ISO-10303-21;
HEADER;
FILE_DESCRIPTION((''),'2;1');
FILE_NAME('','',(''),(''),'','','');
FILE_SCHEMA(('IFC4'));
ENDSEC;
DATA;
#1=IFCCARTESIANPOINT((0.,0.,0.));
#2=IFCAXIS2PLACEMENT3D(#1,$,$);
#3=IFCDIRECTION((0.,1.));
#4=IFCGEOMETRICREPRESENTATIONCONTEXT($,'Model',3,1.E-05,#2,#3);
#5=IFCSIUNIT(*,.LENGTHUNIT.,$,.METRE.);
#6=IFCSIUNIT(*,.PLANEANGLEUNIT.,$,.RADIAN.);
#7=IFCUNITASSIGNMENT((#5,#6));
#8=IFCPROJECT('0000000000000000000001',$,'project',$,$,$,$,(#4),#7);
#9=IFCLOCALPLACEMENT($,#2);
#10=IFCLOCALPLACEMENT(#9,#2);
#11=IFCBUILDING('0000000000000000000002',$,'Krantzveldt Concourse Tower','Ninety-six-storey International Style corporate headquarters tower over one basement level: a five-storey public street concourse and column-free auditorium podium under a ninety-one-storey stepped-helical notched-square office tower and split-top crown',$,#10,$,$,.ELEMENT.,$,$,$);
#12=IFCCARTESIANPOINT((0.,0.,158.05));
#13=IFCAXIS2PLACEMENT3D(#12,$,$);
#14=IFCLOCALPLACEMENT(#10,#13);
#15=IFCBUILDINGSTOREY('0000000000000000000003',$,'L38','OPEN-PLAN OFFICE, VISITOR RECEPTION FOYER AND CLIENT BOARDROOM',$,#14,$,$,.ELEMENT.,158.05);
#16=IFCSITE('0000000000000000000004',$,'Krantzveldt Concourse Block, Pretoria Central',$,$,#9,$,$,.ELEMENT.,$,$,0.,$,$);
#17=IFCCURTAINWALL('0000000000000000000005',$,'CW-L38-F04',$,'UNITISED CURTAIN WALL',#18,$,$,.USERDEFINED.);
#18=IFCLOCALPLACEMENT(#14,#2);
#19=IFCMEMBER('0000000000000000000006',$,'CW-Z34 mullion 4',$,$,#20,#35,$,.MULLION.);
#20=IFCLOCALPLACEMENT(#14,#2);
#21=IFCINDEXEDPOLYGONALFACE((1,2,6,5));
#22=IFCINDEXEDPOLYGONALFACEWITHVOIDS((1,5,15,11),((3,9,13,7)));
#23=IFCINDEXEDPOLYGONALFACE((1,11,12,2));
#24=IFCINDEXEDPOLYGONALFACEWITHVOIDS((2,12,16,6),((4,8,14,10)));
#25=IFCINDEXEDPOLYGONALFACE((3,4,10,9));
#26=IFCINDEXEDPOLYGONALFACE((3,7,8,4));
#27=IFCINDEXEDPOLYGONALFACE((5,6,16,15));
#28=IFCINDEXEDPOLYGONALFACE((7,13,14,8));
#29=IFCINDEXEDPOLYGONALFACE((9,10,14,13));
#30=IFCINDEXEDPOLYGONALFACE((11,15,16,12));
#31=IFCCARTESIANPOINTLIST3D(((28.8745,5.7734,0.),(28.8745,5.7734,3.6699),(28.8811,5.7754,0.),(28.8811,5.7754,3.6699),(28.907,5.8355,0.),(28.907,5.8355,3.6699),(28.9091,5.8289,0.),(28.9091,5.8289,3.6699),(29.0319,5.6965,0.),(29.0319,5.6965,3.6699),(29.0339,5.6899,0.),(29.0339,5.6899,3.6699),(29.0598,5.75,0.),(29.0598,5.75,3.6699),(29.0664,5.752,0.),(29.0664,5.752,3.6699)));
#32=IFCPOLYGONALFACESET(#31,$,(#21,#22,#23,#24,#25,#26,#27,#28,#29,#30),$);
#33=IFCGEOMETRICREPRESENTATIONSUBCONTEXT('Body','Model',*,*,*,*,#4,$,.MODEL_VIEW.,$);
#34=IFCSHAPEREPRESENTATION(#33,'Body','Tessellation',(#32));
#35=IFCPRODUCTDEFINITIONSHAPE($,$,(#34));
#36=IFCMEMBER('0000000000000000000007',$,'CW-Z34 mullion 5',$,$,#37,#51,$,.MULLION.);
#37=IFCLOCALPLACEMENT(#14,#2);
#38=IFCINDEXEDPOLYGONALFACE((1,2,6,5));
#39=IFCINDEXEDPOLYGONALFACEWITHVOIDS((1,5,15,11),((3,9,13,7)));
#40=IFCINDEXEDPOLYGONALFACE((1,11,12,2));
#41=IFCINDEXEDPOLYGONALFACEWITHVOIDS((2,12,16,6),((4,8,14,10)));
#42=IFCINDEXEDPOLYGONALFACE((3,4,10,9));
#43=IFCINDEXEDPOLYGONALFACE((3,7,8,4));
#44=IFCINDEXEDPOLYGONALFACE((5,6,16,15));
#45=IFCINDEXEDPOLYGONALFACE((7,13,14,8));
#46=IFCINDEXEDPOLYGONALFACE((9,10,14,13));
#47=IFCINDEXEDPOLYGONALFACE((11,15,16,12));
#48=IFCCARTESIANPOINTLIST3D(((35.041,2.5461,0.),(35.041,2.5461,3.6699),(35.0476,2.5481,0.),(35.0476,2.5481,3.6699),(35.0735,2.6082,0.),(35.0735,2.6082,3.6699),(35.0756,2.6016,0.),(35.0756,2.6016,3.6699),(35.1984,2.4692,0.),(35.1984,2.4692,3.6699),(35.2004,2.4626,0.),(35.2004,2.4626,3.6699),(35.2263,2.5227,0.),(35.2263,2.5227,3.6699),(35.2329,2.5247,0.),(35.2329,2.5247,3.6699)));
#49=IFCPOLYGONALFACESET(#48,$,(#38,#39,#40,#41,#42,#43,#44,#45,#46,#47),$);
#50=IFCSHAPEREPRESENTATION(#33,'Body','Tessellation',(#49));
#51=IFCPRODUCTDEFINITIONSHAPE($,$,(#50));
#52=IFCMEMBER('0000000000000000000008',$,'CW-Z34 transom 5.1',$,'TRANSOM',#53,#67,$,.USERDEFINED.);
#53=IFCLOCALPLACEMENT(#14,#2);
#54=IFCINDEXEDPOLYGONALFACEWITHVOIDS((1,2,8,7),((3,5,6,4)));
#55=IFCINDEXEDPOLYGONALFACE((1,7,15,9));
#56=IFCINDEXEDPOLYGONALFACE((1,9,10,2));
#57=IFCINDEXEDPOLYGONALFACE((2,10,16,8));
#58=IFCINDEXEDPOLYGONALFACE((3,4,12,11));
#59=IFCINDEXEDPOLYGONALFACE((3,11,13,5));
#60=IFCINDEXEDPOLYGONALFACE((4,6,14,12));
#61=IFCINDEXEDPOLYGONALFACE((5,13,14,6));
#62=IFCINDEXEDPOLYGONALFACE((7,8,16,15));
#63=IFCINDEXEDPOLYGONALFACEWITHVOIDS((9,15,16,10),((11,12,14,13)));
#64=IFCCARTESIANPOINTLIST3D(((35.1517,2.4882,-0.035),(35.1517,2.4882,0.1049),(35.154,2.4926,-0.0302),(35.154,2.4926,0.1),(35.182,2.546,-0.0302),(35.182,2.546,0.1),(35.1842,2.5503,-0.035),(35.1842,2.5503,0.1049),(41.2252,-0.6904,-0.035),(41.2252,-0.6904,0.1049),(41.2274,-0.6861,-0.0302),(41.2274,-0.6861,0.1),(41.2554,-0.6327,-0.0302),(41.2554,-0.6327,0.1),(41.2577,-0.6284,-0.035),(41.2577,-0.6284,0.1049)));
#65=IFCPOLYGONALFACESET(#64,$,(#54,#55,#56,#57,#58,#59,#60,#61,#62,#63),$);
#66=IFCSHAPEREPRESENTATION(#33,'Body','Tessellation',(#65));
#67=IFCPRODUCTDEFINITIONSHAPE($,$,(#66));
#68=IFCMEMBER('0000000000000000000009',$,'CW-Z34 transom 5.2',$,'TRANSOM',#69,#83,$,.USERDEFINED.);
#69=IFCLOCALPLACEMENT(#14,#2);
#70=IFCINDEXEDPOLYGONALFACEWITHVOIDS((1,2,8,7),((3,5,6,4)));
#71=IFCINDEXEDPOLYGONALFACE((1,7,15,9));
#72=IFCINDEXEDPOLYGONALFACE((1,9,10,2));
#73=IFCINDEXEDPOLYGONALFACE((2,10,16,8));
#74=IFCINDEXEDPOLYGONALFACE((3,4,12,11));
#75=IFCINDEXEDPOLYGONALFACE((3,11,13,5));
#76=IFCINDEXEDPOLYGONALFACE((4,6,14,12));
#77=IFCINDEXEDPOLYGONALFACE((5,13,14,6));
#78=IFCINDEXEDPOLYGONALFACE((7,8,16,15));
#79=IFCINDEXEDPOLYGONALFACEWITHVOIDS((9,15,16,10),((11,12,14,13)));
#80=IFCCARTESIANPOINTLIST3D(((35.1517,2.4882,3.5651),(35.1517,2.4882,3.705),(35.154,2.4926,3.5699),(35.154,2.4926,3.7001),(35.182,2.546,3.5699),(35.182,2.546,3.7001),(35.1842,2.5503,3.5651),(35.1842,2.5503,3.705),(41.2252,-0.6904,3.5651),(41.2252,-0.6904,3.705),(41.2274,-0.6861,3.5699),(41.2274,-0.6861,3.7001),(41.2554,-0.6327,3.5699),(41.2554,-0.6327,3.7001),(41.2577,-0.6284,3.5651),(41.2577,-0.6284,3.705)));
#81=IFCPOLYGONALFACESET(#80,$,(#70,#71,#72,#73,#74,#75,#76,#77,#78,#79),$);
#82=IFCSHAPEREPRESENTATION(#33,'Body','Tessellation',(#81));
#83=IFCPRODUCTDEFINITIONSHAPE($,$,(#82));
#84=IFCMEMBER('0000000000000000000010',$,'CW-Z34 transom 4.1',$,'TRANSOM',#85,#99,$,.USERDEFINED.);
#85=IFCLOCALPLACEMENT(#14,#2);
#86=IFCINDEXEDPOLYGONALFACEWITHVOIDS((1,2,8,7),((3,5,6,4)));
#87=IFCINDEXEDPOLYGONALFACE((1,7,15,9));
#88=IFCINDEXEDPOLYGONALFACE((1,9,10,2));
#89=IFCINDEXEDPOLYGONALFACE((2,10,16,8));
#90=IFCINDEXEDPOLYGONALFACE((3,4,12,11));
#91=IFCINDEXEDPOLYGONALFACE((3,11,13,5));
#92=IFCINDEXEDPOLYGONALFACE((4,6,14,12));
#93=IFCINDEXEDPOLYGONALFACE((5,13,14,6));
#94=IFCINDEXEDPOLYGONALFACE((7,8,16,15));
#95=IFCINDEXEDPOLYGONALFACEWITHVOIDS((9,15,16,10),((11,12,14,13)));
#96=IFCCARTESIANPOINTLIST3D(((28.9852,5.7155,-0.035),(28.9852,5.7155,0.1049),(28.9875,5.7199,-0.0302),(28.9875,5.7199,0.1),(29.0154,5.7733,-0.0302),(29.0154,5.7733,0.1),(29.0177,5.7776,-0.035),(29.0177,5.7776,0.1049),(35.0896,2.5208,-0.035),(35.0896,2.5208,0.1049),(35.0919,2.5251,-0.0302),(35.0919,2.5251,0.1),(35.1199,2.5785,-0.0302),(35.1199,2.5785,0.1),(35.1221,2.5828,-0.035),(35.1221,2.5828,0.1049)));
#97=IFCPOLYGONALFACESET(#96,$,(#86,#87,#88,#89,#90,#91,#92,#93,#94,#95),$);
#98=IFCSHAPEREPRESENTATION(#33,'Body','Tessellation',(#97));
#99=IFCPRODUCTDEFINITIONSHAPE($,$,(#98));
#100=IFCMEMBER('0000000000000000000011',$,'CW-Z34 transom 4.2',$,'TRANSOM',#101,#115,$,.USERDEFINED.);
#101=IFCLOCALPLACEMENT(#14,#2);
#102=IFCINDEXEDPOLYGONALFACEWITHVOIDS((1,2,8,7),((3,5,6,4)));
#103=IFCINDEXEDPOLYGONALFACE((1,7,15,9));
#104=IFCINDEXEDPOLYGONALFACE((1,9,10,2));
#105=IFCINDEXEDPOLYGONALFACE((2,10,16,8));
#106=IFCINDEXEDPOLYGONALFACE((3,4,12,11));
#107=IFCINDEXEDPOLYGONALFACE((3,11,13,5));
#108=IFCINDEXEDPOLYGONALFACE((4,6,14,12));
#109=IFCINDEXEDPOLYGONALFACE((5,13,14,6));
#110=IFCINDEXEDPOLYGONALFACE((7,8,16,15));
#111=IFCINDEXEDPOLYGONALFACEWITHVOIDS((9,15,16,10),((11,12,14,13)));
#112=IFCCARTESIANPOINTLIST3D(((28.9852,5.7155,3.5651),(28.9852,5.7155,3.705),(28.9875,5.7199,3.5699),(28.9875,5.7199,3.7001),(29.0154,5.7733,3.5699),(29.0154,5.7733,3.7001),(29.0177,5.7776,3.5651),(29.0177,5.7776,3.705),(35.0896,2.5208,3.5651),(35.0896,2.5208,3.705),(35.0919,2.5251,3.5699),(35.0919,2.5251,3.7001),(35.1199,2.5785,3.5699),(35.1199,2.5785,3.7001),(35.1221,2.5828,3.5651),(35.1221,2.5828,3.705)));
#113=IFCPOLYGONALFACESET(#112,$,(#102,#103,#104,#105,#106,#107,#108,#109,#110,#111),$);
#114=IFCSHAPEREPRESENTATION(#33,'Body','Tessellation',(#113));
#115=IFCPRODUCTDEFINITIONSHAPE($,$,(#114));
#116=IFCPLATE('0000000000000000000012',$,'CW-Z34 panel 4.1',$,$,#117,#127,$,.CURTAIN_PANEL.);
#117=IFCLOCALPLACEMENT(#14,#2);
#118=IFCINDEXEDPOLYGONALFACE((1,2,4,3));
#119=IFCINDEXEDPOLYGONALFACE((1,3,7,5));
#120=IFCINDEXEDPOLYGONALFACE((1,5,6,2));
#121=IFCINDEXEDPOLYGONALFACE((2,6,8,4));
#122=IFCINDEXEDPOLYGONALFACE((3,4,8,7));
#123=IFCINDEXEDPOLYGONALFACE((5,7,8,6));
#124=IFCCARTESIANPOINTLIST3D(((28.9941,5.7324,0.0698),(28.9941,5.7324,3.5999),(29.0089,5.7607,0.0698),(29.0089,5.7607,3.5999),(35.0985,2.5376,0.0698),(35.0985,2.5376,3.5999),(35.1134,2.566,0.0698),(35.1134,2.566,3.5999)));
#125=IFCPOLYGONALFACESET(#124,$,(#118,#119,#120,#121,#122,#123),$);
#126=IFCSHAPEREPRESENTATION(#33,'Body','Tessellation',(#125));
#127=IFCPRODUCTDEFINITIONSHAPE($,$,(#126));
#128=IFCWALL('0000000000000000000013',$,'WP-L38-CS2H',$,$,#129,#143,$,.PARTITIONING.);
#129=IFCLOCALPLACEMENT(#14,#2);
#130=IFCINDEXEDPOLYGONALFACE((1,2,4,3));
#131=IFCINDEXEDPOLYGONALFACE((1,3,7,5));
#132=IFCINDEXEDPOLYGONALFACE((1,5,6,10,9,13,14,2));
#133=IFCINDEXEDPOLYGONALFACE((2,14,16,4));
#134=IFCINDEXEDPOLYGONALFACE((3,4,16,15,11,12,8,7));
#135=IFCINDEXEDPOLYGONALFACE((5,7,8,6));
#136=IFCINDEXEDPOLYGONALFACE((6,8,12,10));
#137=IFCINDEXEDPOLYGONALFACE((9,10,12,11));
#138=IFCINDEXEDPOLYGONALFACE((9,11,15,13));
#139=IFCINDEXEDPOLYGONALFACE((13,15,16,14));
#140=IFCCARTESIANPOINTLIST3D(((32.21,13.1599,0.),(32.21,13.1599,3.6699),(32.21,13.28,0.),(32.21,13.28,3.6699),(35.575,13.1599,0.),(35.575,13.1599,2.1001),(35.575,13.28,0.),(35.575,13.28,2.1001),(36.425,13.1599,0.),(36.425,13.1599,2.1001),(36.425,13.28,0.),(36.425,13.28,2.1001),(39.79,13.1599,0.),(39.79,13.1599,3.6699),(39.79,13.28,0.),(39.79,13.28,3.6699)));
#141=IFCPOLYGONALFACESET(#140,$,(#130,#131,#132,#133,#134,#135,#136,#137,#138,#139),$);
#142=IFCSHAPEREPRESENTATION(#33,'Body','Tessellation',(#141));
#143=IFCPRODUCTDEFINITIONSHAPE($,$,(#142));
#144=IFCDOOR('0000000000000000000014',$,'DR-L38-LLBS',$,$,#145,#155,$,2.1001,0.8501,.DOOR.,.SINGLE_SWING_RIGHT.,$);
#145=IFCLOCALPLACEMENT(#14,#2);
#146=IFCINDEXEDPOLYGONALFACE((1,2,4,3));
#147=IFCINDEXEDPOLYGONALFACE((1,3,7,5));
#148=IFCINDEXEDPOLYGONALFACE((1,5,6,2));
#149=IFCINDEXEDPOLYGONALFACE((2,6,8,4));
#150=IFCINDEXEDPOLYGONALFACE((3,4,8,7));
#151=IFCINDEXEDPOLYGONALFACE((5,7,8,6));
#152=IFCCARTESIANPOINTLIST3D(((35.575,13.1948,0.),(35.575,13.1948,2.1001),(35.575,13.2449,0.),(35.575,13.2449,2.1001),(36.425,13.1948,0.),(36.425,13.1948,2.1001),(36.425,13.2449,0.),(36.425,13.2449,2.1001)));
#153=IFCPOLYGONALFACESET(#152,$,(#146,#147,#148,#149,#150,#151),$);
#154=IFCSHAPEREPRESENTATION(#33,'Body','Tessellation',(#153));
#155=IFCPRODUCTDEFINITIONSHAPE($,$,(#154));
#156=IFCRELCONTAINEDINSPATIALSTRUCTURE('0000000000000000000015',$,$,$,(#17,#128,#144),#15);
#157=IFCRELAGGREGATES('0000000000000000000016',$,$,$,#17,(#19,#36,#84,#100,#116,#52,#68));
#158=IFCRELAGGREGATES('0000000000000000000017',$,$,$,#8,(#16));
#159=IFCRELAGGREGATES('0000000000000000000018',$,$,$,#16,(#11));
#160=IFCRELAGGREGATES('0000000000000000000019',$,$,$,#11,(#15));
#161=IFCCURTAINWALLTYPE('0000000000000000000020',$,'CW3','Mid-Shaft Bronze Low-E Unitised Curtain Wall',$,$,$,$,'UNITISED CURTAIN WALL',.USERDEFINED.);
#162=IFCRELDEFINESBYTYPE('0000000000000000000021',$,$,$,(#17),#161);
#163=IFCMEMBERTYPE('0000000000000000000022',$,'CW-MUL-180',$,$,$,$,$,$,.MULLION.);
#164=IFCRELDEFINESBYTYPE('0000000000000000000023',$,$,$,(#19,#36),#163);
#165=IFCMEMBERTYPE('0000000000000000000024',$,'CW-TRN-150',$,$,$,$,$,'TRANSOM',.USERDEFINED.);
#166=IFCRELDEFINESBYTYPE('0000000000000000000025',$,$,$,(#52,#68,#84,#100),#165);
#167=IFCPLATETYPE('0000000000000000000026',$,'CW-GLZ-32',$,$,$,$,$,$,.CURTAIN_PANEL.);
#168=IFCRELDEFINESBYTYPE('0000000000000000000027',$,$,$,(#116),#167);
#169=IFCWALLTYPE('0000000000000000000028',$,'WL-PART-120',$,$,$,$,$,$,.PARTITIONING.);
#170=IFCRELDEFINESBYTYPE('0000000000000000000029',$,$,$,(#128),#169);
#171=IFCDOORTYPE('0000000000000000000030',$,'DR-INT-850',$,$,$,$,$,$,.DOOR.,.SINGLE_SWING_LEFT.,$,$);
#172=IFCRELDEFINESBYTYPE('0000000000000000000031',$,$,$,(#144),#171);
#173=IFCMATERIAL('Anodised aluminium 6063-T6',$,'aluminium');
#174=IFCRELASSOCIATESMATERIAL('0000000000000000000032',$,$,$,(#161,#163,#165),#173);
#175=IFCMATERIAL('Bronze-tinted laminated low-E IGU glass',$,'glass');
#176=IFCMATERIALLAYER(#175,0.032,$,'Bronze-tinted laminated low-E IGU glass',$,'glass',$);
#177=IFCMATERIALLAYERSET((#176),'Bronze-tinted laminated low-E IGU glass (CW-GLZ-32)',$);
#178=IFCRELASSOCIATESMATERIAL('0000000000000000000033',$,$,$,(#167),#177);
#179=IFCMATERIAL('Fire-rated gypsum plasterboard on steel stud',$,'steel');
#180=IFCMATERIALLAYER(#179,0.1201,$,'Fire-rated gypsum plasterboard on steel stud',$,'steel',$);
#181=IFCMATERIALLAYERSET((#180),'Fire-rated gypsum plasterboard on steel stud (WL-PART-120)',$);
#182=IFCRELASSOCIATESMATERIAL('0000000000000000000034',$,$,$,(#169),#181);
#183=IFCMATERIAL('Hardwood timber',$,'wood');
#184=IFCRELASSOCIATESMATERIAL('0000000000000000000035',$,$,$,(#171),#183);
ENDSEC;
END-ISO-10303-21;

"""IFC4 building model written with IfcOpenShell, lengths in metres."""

from ifc_helpers import new_model, si_unit, direction, frame, frame_2d, origin, origin_2d, place, context, subcontext, project, spatial, rectangle, hollow_rectangle, extrude, source, transform, mapped, material, layer, layer_set, material_profile, profile_set, type_object, type_shapes, element, fill, aggregate, save


model = new_model("IFC4")

# Units and contexts
model_context = context("Model", 3, precision=1e-05, world=origin(), true_north=direction((0.0, 1.0)))
body_context = subcontext(model_context, "Body", "Model", "MODEL_VIEW")
ifc_project = project(units=[si_unit("LENGTHUNIT", "METRE"), si_unit("PLANEANGLEUNIT", "RADIAN")], contexts=[model_context])

# Site, building, storey
site_placement = place(None, origin())
site = spatial("IfcSite", under=ifc_project, at=site_placement, Name="Krantzveldt Concourse Block, Pretoria Central", CompositionType="ELEMENT", RefElevation=0.0)
building_placement = place(site_placement, origin())
building = spatial("IfcBuilding", under=site, at=building_placement, Name="Krantzveldt Concourse Tower", Description="Ninety-six-storey International Style corporate headquarters tower over one basement level: a five-storey public street concourse and column-free auditorium podium under a ninety-one-storey stepped-helical notched-square office tower and split-top crown", CompositionType="ELEMENT")
storey_placement = place(building_placement, frame((0.0, 0.0, 158.05)))
storey = spatial("IfcBuildingStorey", under=building, at=storey_placement, Name="L38", Description="OPEN-PLAN OFFICE, VISITOR RECEPTION FOYER AND CLIENT BOARDROOM", CompositionType="ELEMENT", Elevation=158.05)

# Curtain wall, members, plate
ifc_material_1 = material(Name="Anodised aluminium 6063-T6", Category="aluminium")
curtain_wall_type = type_object("IfcCurtainWallType", Name="CW3", Description="Mid-Shaft Bronze Low-E Unitised Curtain Wall", ElementType="UNITISED CURTAIN WALL", PredefinedType="USERDEFINED", material=ifc_material_1)
curtain_wall_placement = place(storey_placement, origin())
curtain_wall = element("IfcCurtainWall", 1, at=curtain_wall_placement, inside=storey, type_object=curtain_wall_type, Name="CW-L38-F04", ObjectType="UNITISED CURTAIN WALL", PredefinedType="USERDEFINED")
ifc_material_profile_1 = material_profile(ifc_material_1, hollow_rectangle(XDim=0.0701, YDim=0.1799, WallThickness=0.0049, at=origin_2d()), Name="Anodised aluminium 6063-T6", Category="aluminium")
ifc_profile_set_1 = profile_set([ifc_material_profile_1], Name="Anodised aluminium 6063-T6 - ALU-MULL 180x70x5")
member_type_1 = type_object("IfcMemberType", Name="CW-MUL-180", PredefinedType="MULLION", material=ifc_profile_set_1)
shared_shape_1 = source(origin(), body_context, "Body", "SweptSolid", [
    extrude(hollow_rectangle(XDim=0.0701, YDim=0.1799, WallThickness=0.0049, at=origin_2d()), origin(), (0.0, 0.0, 1.0), 3.6699),
])
type_shapes(member_type_1, [shared_shape_1])
member_1_placement = place(storey_placement, frame((28.9705, 5.7627, 0.0), z_axis=(0.0, 0.0, 1.0), x_axis=(0.463683, 0.886001, 0.0)))
member_1 = element("IfcMember", 2, at=member_1_placement, type_object=member_type_1, Name="CW-Z34 mullion 4", PredefinedType="MULLION", context=body_context, shape_type="MappedRepresentation", body=[
    mapped(shared_shape_1, transform((0.0, 0.0, 0.0), x_axis=(1.0, 0.0, 0.0), y_axis=(0.0, 1.0, 0.0), z_axis=(0.0, 0.0, 1.0), scale=1.0)),
])
member_2_placement = place(storey_placement, frame((35.137, 2.5354, 0.0), z_axis=(0.0, 0.0, 1.0), x_axis=(0.463683, 0.886001, 0.0)))
member_2 = element("IfcMember", 3, at=member_2_placement, type_object=member_type_1, Name="CW-Z34 mullion 5", PredefinedType="MULLION", context=body_context, shape_type="MappedRepresentation", body=[
    mapped(shared_shape_1, transform((0.0, 0.0, 0.0), x_axis=(1.0, 0.0, 0.0), y_axis=(0.0, 1.0, 0.0), z_axis=(0.0, 0.0, 1.0), scale=1.0)),
])
ifc_material_profile_2 = material_profile(ifc_material_1, hollow_rectangle(XDim=0.0701, YDim=0.1399, WallThickness=0.0049, at=origin_2d()), Name="Anodised aluminium 6063-T6", Category="aluminium")
ifc_profile_set_2 = profile_set([ifc_material_profile_2], Name="Anodised aluminium 6063-T6 - ALU-TRAN 140x70x5")
member_type_2 = type_object("IfcMemberType", Name="CW-TRN-150", ElementType="TRANSOM", PredefinedType="USERDEFINED", material=ifc_profile_set_2)
shared_shape_2 = source(origin(), body_context, "Body", "SweptSolid", [
    extrude(hollow_rectangle(XDim=0.0701, YDim=0.1399, WallThickness=0.0049, at=origin_2d()), origin(), (0.0, 0.0, 1.0), 6.855),
])
member_3_placement = place(storey_placement, frame((35.168, 2.5193, 0.0349), z_axis=(0.88599, -0.463705, 0.0), x_axis=(0.463705, 0.88599, 0.0)))
member_3 = element("IfcMember", 4, at=member_3_placement, type_object=member_type_2, Name="CW-Z34 transom 5.1", ObjectType="TRANSOM", PredefinedType="USERDEFINED", context=body_context, shape_type="MappedRepresentation", body=[
    mapped(shared_shape_2, transform((0.0, 0.0, 0.0), x_axis=(1.0, 0.0, 0.0), y_axis=(0.0, 1.0, 0.0), z_axis=(0.0, 0.0, 1.0), scale=1.0)),
])
member_4_placement = place(storey_placement, frame((35.168, 2.5193, 3.635), z_axis=(0.88599, -0.463705, 0.0), x_axis=(0.463705, 0.88599, 0.0)))
member_4 = element("IfcMember", 5, at=member_4_placement, type_object=member_type_2, Name="CW-Z34 transom 5.2", ObjectType="TRANSOM", PredefinedType="USERDEFINED", context=body_context, shape_type="MappedRepresentation", body=[
    mapped(shared_shape_2, transform((0.0, 0.0, 0.0), x_axis=(1.0, 0.0, 0.0), y_axis=(0.0, 1.0, 0.0), z_axis=(0.0, 0.0, 1.0), scale=1.0)),
])
shared_shape_3 = source(origin(), body_context, "Body", "SweptSolid", [
    extrude(hollow_rectangle(XDim=0.0701, YDim=0.1399, WallThickness=0.0049, at=origin_2d()), origin(), (0.0, 0.0, 1.0), 6.8899),
])
type_shapes(member_type_2, [shared_shape_2, shared_shape_3])
member_5_placement = place(storey_placement, frame((29.0015, 5.7466, 0.0349), z_axis=(0.885997, -0.463692, 0.0), x_axis=(0.463692, 0.885997, 0.0)))
member_5 = element("IfcMember", 6, at=member_5_placement, type_object=member_type_2, Name="CW-Z34 transom 4.1", ObjectType="TRANSOM", PredefinedType="USERDEFINED", context=body_context, shape_type="MappedRepresentation", body=[
    mapped(shared_shape_3, transform((0.0, 0.0, 0.0), x_axis=(1.0, 0.0, 0.0), y_axis=(0.0, 1.0, 0.0), z_axis=(0.0, 0.0, 1.0), scale=1.0)),
])
member_6_placement = place(storey_placement, frame((29.0015, 5.7466, 3.635), z_axis=(0.885997, -0.463692, 0.0), x_axis=(0.463692, 0.885997, 0.0)))
member_6 = element("IfcMember", 7, at=member_6_placement, type_object=member_type_2, Name="CW-Z34 transom 4.2", ObjectType="TRANSOM", PredefinedType="USERDEFINED", context=body_context, shape_type="MappedRepresentation", body=[
    mapped(shared_shape_3, transform((0.0, 0.0, 0.0), x_axis=(1.0, 0.0, 0.0), y_axis=(0.0, 1.0, 0.0), z_axis=(0.0, 0.0, 1.0), scale=1.0)),
])
ifc_material_2 = material(Name="Bronze-tinted laminated low-E IGU glass", Category="glass")
ifc_layer_1 = layer(ifc_material_2, 0.032, Name="Bronze-tinted laminated low-E IGU glass", Category="glass")
ifc_layer_set_1 = layer_set([ifc_layer_1], Name="Bronze-tinted laminated low-E IGU glass (CW-GLZ-32)")
plate_type = type_object("IfcPlateType", Name="CW-GLZ-32", PredefinedType="CURTAIN_PANEL", material=ifc_layer_set_1)
shared_shape_4 = source(origin(), body_context, "Body", "SweptSolid", [
    extrude(rectangle(XDim=6.8899, YDim=0.032, at=origin_2d()), origin(), (0.0, 0.0, 1.0), 3.53),
])
type_shapes(plate_type, [shared_shape_4])
plate_placement = place(storey_placement, frame((32.0537, 4.1492, 0.0698), z_axis=(0.0, 0.0, 1.0), x_axis=(0.886001, -0.463683, 0.0)))
plate = element("IfcPlate", 8, at=plate_placement, type_object=plate_type, Name="CW-Z34 panel 4.1", PredefinedType="CURTAIN_PANEL", context=body_context, shape_type="MappedRepresentation", body=[
    mapped(shared_shape_4, transform((0.0, 0.0, 0.0), x_axis=(1.0, 0.0, 0.0), y_axis=(0.0, 1.0, 0.0), z_axis=(0.0, 0.0, 1.0), scale=1.0)),
])
aggregate(curtain_wall, [member_1, member_2, member_5, member_6, plate, member_3, member_4])

# Wall, opening, door
ifc_material_3 = material(Name="Fire-rated gypsum plasterboard on steel stud", Category="steel")
ifc_layer_2 = layer(ifc_material_3, 0.1201, Name="Fire-rated gypsum plasterboard on steel stud", Category="steel")
ifc_layer_set_2 = layer_set([ifc_layer_2], Name="Fire-rated gypsum plasterboard on steel stud (WL-PART-120)")
wall_type_1 = type_object("IfcWallType", Name="WL-PART-120", PredefinedType="PARTITIONING", material=ifc_layer_set_2)
wall_1_placement = place(storey_placement, frame((32.21, 13.22, 0.0), z_axis=(0.0, 0.0, 1.0), x_axis=(1.0, 0.0, 0.0)))
wall_1 = element("IfcWall", 9, at=wall_1_placement, inside=storey, type_object=wall_type_1, Name="WP-L38-CS2H", PredefinedType="PARTITIONING", context=body_context, shape_type="SweptSolid", body=[
    extrude(rectangle(XDim=7.5801, YDim=0.1201, at=frame_2d((3.79, 0.0))), origin(), (0.0, 0.0, 1.0), 3.6699),
])
opening_1_placement = place(wall_1_placement, frame((3.365, 0.0, 0.0)))
opening_1 = element("IfcOpeningElement", 10, at=opening_1_placement, cuts=wall_1, PredefinedType="OPENING", context=body_context, shape_type="SweptSolid", body=[
    extrude(rectangle(XDim=0.8501, YDim=2.1001, at=frame_2d((0.425, 1.05))), frame((0.0, 0.0701, 0.0), z_axis=(0.0, -1.0, 0.0), x_axis=(1.0, 0.0, 0.0)), (0.0, 0.0, 1.0), 0.1401),
])
ifc_material_4 = material(Name="Hardwood timber", Category="wood")
door_type_1 = type_object("IfcDoorType", Name="DR-INT-850", OperationType="SINGLE_SWING_LEFT", PredefinedType="DOOR", material=ifc_material_4)
door_1_placement = place(opening_1_placement, origin())
door_1 = element("IfcDoor", 11, at=door_1_placement, inside=storey, type_object=door_type_1, Name="DR-L38-LLBS", OperationType="SINGLE_SWING_RIGHT", OverallHeight=2.1001, OverallWidth=0.8501, PredefinedType="DOOR", context=body_context, shape_type="SweptSolid", body=[
    extrude(rectangle(XDim=0.8501, YDim=2.1001, at=frame_2d((0.425, 1.05))), frame((0.0, 0.0249, 0.0), z_axis=(0.0, -1.0, 0.0), x_axis=(1.0, 0.0, 0.0)), (0.0, 0.0, 1.0), 0.05),
])
fill(opening_1, door_1)

save(model, "model.ifc")
